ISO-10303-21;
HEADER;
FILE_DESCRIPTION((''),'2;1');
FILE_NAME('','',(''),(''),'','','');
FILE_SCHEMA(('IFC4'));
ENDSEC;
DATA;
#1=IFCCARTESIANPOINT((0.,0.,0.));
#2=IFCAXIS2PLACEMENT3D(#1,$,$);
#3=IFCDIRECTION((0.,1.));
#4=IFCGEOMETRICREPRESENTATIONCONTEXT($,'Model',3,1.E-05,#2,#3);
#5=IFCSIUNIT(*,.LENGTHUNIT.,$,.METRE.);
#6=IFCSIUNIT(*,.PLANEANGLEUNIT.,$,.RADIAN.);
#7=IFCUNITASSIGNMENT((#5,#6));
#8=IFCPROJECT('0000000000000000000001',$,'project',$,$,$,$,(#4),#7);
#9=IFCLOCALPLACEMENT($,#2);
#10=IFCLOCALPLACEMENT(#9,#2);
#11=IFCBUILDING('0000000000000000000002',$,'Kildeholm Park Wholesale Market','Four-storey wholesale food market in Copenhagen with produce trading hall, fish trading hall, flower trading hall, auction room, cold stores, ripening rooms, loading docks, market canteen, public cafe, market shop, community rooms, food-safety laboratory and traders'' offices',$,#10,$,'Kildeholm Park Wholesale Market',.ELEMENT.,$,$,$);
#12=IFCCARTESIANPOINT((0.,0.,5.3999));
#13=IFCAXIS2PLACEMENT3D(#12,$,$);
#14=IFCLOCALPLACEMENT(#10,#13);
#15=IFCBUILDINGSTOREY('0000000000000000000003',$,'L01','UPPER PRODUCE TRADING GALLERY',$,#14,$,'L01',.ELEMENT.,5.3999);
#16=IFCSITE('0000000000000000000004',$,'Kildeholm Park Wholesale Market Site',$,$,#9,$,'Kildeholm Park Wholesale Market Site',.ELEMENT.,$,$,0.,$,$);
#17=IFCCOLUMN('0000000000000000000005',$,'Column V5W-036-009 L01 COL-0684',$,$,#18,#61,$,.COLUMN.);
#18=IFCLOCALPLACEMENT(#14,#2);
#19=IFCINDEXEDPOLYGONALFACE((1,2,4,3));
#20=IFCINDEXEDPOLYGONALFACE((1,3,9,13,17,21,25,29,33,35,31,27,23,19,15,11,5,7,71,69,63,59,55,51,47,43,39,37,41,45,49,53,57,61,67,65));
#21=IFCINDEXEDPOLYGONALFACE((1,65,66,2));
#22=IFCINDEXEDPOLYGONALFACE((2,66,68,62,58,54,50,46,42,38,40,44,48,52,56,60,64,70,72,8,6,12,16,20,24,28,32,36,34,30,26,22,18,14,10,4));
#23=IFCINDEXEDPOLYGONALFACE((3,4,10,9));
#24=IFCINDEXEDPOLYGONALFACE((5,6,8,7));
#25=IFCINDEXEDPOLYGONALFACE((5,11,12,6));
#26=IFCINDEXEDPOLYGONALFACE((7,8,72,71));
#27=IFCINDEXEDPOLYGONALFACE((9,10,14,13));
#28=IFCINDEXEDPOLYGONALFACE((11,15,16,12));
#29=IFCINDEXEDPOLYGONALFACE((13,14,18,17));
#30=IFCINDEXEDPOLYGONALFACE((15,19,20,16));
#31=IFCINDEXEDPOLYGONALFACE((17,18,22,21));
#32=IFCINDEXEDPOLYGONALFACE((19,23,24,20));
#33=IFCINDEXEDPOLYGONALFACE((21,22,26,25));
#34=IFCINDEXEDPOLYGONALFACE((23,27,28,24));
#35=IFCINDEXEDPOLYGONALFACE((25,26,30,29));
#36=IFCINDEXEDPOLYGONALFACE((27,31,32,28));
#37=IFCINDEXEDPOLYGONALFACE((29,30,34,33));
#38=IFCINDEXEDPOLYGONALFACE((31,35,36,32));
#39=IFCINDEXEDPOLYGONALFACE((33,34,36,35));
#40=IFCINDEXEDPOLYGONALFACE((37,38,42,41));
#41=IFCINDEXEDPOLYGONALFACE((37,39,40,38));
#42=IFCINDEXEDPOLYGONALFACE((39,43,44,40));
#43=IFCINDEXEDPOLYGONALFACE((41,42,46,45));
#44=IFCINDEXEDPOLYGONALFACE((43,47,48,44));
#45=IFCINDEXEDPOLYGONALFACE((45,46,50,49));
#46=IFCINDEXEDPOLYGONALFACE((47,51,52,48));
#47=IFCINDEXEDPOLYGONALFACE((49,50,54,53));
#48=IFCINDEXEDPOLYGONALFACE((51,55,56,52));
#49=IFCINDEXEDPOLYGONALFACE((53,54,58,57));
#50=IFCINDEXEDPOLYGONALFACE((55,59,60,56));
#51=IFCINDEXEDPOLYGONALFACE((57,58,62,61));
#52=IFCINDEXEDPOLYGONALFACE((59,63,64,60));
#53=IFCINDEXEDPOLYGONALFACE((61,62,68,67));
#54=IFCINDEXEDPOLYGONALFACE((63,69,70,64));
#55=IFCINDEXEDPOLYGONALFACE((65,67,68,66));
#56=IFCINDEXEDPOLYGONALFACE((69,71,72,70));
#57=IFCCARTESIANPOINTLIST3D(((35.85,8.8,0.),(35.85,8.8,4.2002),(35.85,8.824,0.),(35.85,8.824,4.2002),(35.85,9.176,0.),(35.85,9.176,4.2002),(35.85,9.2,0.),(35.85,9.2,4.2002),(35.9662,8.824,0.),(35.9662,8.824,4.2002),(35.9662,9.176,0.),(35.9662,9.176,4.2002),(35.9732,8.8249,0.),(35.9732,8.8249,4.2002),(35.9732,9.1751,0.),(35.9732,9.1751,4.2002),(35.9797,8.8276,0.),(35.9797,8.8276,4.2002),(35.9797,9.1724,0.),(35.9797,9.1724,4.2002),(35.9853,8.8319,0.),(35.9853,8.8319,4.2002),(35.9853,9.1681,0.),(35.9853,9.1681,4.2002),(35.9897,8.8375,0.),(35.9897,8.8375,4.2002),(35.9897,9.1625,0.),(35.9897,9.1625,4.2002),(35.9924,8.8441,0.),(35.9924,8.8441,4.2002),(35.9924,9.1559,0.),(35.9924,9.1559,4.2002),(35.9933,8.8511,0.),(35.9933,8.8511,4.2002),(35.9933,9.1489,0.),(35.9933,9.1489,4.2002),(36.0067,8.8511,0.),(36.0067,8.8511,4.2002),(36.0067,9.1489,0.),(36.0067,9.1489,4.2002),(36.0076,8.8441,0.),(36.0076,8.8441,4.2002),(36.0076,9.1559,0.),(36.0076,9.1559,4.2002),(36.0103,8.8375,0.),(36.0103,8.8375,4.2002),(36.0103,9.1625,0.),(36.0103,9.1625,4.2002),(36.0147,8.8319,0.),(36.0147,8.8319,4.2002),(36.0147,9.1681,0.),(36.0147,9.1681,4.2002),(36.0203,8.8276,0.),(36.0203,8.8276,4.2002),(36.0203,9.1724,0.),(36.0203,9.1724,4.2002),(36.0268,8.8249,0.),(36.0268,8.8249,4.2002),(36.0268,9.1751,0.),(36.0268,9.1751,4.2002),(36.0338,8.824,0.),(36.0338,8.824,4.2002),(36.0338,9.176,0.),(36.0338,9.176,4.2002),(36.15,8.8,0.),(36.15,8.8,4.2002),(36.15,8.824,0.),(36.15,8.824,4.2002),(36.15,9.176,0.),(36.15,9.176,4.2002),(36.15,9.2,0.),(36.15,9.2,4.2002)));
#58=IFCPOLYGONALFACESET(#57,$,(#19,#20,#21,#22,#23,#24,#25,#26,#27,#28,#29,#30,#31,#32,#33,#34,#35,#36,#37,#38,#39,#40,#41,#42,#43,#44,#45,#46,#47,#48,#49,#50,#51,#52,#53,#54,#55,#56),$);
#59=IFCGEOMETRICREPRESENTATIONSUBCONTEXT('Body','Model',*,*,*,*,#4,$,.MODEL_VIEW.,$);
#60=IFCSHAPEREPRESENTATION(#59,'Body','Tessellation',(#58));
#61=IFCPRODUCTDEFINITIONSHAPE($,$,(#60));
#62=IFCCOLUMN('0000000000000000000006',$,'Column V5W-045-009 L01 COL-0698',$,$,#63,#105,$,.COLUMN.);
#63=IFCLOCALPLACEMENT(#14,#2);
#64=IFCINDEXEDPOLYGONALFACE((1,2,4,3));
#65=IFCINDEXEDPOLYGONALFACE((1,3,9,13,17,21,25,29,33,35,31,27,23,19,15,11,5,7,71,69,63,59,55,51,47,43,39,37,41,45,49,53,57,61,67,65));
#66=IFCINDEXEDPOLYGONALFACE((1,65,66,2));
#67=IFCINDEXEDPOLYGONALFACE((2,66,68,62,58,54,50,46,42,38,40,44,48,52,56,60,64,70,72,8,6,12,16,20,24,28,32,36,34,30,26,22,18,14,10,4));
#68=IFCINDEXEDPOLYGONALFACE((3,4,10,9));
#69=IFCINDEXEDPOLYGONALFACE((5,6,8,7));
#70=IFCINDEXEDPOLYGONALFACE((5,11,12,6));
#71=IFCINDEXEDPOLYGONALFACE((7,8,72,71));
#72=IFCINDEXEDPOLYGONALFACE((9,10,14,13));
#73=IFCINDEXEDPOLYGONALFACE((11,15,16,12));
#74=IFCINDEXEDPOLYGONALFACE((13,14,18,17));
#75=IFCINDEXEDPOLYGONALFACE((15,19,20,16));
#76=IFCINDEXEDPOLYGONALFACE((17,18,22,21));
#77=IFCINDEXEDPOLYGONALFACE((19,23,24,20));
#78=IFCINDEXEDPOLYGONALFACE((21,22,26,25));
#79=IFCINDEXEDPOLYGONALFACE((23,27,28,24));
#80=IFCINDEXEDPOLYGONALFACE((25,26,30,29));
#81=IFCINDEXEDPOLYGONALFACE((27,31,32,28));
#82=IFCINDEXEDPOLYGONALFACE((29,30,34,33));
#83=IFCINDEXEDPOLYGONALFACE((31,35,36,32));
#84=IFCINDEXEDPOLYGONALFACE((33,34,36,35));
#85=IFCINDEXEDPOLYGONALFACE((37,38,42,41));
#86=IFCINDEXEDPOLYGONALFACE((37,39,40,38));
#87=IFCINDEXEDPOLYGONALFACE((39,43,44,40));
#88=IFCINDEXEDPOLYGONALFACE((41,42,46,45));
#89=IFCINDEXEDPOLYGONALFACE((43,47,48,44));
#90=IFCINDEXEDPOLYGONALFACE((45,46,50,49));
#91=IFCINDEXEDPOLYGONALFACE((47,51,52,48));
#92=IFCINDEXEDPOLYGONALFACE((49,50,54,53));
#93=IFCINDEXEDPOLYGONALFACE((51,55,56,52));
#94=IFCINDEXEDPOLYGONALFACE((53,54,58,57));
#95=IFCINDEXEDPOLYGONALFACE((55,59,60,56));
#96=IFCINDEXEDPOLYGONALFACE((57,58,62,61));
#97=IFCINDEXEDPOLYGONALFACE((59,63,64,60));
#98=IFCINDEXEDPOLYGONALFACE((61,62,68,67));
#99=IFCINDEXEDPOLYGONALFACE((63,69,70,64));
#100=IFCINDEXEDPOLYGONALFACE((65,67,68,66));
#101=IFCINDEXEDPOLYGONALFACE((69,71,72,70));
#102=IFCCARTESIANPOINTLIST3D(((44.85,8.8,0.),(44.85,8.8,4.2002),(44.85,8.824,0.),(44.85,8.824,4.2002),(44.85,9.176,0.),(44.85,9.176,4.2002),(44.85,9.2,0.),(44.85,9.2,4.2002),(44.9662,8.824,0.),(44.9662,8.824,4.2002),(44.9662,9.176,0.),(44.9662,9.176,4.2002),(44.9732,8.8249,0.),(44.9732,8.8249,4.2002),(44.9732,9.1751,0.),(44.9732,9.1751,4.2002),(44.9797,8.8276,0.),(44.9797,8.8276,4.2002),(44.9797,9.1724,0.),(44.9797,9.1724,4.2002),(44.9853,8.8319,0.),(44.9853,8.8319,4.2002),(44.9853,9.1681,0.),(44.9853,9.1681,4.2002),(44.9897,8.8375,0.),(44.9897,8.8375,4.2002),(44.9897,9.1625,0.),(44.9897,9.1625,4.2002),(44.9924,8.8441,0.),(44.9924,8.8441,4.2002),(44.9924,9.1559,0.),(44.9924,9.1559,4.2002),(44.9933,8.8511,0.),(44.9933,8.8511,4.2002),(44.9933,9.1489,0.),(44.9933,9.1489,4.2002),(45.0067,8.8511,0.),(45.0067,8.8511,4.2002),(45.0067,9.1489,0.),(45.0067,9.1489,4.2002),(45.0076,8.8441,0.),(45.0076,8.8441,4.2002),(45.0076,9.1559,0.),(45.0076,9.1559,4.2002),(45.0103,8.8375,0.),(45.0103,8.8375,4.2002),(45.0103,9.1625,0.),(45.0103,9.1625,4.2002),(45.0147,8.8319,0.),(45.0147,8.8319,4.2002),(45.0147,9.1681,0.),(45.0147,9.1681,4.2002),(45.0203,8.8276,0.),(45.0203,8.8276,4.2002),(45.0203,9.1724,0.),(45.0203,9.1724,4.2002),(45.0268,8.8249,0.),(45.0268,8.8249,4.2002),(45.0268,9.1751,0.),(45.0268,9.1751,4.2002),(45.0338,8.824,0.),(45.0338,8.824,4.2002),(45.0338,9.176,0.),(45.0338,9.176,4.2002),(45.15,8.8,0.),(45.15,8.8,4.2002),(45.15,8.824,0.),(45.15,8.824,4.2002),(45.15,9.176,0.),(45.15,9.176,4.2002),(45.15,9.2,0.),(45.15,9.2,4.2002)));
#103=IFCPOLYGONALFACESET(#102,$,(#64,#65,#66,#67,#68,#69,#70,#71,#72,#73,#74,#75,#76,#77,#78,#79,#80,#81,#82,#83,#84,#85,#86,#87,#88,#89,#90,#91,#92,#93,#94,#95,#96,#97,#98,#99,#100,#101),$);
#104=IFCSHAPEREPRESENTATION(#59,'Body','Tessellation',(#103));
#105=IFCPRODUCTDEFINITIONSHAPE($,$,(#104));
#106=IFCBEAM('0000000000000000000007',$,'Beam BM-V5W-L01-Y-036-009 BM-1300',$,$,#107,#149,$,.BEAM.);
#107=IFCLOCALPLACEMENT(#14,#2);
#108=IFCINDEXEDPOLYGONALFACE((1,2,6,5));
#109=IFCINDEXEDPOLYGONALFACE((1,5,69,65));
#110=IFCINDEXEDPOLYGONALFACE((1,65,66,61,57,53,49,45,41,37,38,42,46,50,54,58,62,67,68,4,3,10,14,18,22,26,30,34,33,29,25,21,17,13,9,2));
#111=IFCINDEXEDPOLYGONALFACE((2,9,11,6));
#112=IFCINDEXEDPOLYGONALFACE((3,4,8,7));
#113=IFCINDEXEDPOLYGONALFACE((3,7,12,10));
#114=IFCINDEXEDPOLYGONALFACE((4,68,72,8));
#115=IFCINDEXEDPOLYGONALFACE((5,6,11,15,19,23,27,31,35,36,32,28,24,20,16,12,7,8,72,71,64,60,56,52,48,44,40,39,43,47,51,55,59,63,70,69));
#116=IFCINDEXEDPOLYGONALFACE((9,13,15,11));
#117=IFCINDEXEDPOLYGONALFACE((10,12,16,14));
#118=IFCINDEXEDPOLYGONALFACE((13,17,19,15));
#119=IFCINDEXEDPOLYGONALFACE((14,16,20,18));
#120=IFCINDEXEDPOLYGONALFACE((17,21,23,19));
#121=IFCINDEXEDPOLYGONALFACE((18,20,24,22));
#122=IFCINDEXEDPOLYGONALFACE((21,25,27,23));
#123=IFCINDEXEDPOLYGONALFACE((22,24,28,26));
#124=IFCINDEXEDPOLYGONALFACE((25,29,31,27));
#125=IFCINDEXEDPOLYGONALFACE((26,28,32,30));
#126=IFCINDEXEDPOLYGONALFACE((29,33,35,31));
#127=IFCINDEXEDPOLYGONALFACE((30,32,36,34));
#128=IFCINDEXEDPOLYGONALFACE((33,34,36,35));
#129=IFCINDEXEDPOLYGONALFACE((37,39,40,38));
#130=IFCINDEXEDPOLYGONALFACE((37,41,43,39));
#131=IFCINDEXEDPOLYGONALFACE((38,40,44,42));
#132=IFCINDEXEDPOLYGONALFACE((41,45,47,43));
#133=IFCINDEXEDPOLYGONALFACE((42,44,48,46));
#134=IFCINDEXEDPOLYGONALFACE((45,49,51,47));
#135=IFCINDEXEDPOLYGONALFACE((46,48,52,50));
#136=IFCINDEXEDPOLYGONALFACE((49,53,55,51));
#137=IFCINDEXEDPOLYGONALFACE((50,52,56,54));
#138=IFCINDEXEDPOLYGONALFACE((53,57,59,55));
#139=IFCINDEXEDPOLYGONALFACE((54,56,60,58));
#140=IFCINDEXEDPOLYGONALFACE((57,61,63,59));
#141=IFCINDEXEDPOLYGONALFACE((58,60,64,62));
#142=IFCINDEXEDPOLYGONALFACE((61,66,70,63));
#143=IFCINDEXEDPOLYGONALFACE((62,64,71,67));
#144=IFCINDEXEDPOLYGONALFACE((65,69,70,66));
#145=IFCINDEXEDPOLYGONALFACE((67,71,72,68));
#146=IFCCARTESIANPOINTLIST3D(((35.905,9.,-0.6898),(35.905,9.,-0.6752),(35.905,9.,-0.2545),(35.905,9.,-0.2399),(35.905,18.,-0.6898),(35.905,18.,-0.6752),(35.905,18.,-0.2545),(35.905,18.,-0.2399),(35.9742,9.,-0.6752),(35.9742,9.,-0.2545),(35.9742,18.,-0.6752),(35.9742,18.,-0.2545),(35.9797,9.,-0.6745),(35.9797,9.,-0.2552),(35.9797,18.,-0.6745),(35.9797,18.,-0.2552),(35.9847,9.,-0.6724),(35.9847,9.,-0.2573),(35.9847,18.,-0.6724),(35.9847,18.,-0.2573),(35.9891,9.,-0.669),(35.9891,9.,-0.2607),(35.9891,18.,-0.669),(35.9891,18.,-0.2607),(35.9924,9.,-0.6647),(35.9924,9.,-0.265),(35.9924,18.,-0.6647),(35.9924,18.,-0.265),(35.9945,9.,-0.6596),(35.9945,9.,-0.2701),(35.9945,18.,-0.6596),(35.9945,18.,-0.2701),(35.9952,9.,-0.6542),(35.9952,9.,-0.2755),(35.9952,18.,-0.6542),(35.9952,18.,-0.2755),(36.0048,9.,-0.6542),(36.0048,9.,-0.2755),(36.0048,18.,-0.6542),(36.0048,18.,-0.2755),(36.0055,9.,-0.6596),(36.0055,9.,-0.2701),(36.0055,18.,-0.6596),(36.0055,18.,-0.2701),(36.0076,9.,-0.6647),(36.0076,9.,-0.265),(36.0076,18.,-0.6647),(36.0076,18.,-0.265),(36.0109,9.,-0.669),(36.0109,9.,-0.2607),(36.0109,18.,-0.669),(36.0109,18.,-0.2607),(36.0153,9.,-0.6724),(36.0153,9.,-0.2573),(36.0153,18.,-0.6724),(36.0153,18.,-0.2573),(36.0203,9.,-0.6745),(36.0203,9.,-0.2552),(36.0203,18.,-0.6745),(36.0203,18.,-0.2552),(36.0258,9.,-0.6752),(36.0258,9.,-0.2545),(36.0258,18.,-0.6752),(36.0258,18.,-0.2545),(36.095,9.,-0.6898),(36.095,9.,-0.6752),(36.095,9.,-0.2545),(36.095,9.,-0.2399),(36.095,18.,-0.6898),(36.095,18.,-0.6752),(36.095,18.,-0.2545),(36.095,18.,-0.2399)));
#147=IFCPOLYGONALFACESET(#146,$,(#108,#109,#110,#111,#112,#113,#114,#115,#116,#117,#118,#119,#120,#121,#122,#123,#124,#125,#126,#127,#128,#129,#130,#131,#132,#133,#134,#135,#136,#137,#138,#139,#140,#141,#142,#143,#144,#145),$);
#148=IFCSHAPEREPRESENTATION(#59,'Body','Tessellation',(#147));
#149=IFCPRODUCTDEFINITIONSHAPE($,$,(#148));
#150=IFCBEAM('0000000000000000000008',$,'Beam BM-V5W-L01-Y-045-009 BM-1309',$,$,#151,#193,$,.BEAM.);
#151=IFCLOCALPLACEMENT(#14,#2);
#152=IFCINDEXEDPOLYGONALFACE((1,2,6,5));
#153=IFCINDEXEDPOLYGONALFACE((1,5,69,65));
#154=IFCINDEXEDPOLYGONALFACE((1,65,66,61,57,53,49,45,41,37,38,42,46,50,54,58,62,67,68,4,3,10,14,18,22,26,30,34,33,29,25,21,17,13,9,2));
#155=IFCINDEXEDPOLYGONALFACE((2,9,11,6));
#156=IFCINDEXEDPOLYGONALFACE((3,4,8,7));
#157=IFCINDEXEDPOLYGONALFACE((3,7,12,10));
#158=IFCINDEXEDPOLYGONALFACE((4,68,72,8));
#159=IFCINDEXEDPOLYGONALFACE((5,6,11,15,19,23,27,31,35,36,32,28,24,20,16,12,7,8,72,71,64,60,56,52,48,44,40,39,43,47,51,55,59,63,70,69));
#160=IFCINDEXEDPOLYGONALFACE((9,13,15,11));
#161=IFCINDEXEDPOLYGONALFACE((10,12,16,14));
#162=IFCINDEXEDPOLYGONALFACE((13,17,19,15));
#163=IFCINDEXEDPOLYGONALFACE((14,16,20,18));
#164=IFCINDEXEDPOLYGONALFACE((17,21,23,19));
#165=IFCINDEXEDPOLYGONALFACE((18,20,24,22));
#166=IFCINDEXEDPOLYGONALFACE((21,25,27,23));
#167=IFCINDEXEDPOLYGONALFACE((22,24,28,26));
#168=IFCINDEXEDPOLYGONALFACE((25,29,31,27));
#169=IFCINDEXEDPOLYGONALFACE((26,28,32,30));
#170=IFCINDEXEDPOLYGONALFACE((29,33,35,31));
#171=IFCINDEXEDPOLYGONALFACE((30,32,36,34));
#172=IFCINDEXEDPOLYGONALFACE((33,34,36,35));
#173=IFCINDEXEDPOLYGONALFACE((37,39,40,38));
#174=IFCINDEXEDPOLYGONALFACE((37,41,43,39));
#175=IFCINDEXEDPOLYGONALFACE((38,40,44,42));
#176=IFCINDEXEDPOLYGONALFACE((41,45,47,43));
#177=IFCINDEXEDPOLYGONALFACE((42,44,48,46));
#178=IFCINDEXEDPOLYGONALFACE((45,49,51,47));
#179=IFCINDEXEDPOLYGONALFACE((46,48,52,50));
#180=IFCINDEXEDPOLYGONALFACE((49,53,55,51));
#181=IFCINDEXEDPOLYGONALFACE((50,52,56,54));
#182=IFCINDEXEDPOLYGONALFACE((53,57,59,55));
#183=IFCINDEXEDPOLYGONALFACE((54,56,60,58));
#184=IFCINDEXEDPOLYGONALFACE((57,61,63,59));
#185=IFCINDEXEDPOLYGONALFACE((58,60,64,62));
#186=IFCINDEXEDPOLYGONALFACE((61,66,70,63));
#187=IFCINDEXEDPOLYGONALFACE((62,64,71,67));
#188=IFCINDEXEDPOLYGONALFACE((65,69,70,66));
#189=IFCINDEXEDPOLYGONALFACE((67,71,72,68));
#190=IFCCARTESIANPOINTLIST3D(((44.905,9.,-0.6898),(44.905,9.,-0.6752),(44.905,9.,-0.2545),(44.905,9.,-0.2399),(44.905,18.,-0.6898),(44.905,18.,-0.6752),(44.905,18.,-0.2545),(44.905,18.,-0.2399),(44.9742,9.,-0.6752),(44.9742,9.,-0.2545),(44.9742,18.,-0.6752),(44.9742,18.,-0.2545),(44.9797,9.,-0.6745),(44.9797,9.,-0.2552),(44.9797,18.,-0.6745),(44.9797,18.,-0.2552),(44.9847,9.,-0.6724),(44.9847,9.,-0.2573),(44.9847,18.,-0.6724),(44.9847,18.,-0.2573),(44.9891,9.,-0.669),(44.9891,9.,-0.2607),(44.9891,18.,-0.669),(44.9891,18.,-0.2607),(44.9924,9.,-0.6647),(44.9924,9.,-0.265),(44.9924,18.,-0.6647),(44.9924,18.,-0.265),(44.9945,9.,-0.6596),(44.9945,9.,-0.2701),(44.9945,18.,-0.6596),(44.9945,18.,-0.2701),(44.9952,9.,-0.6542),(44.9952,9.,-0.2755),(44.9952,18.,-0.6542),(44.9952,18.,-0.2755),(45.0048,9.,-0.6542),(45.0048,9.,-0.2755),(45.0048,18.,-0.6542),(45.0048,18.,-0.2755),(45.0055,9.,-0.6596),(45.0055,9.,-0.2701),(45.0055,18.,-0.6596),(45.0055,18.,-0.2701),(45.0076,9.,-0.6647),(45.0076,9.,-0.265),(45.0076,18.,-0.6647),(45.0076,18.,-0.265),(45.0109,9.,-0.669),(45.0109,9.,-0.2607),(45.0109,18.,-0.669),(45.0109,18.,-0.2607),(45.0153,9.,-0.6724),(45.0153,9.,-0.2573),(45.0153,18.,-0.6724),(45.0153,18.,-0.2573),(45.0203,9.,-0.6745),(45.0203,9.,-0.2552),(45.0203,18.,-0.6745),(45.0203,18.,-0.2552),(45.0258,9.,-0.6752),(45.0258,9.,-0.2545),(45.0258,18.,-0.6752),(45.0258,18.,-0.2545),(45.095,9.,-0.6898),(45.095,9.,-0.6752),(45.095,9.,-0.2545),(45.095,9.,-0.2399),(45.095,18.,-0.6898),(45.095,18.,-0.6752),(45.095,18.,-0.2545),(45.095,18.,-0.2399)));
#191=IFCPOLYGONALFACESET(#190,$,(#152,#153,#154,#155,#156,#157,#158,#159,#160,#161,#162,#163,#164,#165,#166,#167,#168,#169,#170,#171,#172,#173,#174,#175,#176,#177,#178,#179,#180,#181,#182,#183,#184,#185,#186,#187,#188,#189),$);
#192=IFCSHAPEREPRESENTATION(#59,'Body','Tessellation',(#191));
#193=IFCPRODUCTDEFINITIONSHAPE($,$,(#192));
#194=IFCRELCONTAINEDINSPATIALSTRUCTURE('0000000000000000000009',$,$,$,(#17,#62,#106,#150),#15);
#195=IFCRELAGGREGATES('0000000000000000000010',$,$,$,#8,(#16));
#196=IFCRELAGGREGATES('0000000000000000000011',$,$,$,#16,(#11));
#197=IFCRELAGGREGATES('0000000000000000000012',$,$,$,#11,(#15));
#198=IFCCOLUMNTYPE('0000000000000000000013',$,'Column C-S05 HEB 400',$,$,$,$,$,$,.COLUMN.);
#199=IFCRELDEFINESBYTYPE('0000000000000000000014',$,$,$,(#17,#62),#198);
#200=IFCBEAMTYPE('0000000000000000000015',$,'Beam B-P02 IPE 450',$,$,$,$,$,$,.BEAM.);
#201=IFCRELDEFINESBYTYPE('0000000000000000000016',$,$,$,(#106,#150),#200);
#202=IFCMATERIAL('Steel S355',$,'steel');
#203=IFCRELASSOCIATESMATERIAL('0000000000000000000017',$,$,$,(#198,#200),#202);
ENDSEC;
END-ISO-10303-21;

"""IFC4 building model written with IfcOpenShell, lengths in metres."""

from ifc_helpers import new_model, si_unit, direction, frame, origin, origin_2d, place, context, subcontext, project, spatial, i_section, extrude, material, material_profile, profile_set, type_object, element, save


model = new_model("IFC4")

# Units and contexts
model_context = context("Model", 3, precision=1e-05, world=origin(), true_north=direction((0.0, 1.0)))
body_context = subcontext(model_context, "Body", "Model", "MODEL_VIEW")
ifc_project = project(units=[si_unit("LENGTHUNIT", "METRE"), si_unit("PLANEANGLEUNIT", "RADIAN")], contexts=[model_context])

# Site, building, storey
site_placement = place(None, origin())
site = spatial("IfcSite", under=ifc_project, at=site_placement, Name="Kildeholm Park Wholesale Market Site", LongName="Kildeholm Park Wholesale Market Site", CompositionType="ELEMENT", RefElevation=0.0)
building_placement = place(site_placement, origin())
building = spatial("IfcBuilding", under=site, at=building_placement, Name="Kildeholm Park Wholesale Market", Description="Four-storey wholesale food market in Copenhagen with produce trading hall, fish trading hall, flower trading hall, auction room, cold stores, ripening rooms, loading docks, market canteen, public cafe, market shop, community rooms, food-safety laboratory and traders' offices", LongName="Kildeholm Park Wholesale Market", CompositionType="ELEMENT")
storey_placement = place(building_placement, frame((0.0, 0.0, 5.3999)))
storey = spatial("IfcBuildingStorey", under=building, at=storey_placement, Name="L01", Description="UPPER PRODUCE TRADING GALLERY", LongName="L01", CompositionType="ELEMENT", Elevation=5.3999)

# Columns
ifc_material_1 = material(Name="Steel S355", Category="steel")
ifc_material_profile_1 = material_profile(ifc_material_1, i_section(OverallWidth=0.3, OverallDepth=0.3999, WebThickness=0.0134, FlangeThickness=0.0239, FilletRadius=0.0271, at=origin_2d()), Name="HEB 400")
ifc_profile_set_1 = profile_set([ifc_material_profile_1], Name="Steel S355")
column_type = type_object("IfcColumnType", Name="Column C-S05 HEB 400", PredefinedType="COLUMN", material=ifc_profile_set_1)
for number, where, z_axis, x_axis, name in (
    (1, (36.0, 9.0, 0.0), (0.0, 0.0, 1.0), (1.0, 0.0, 0.0), "Column V5W-036-009 L01 COL-0684"),
    (2, (45.0, 9.0, 0.0), (0.0, 0.0, 1.0), (1.0, 0.0, 0.0), "Column V5W-045-009 L01 COL-0698"),
):
    element("IfcColumn", number, at=place(storey_placement, frame(where, z_axis=z_axis, x_axis=x_axis)), inside=storey, type_object=column_type, Name=name, PredefinedType="COLUMN", context=body_context, shape_type="SweptSolid", body=[
        extrude(i_section(OverallWidth=0.3, OverallDepth=0.3999, WebThickness=0.0134, FlangeThickness=0.0239, FilletRadius=0.0271, at=origin_2d()), origin(), (0.0, 0.0, 1.0), 4.2002),
    ])

# Beams
ifc_material_profile_2 = material_profile(ifc_material_1, i_section(OverallWidth=0.1899, OverallDepth=0.45, WebThickness=0.0095, FlangeThickness=0.0146, FilletRadius=0.021, at=origin_2d()), Name="IPE 450")
ifc_profile_set_2 = profile_set([ifc_material_profile_2], Name="Steel S355")
beam_type_1 = type_object("IfcBeamType", Name="Beam B-P02 IPE 450", PredefinedType="BEAM", material=ifc_profile_set_2)
for number, where, z_axis, x_axis, name in (
    (3, (36.0, 9.0, -0.4648), (0.0, 1.0, 0.0), (-1.0, 0.0, 0.0), "Beam BM-V5W-L01-Y-036-009 BM-1300"),
    (4, (45.0, 9.0, -0.4648), (0.0, 1.0, 0.0), (-1.0, 0.0, 0.0), "Beam BM-V5W-L01-Y-045-009 BM-1309"),
):
    element("IfcBeam", number, at=place(storey_placement, frame(where, z_axis=z_axis, x_axis=x_axis)), inside=storey, type_object=beam_type_1, Name=name, PredefinedType="BEAM", context=body_context, shape_type="SweptSolid", body=[
        extrude(i_section(OverallWidth=0.1899, OverallDepth=0.45, WebThickness=0.0095, FlangeThickness=0.0146, FilletRadius=0.021, at=origin_2d()), origin(), (0.0, 0.0, 1.0), 9.0),
    ])

save(model, "model.ifc")
